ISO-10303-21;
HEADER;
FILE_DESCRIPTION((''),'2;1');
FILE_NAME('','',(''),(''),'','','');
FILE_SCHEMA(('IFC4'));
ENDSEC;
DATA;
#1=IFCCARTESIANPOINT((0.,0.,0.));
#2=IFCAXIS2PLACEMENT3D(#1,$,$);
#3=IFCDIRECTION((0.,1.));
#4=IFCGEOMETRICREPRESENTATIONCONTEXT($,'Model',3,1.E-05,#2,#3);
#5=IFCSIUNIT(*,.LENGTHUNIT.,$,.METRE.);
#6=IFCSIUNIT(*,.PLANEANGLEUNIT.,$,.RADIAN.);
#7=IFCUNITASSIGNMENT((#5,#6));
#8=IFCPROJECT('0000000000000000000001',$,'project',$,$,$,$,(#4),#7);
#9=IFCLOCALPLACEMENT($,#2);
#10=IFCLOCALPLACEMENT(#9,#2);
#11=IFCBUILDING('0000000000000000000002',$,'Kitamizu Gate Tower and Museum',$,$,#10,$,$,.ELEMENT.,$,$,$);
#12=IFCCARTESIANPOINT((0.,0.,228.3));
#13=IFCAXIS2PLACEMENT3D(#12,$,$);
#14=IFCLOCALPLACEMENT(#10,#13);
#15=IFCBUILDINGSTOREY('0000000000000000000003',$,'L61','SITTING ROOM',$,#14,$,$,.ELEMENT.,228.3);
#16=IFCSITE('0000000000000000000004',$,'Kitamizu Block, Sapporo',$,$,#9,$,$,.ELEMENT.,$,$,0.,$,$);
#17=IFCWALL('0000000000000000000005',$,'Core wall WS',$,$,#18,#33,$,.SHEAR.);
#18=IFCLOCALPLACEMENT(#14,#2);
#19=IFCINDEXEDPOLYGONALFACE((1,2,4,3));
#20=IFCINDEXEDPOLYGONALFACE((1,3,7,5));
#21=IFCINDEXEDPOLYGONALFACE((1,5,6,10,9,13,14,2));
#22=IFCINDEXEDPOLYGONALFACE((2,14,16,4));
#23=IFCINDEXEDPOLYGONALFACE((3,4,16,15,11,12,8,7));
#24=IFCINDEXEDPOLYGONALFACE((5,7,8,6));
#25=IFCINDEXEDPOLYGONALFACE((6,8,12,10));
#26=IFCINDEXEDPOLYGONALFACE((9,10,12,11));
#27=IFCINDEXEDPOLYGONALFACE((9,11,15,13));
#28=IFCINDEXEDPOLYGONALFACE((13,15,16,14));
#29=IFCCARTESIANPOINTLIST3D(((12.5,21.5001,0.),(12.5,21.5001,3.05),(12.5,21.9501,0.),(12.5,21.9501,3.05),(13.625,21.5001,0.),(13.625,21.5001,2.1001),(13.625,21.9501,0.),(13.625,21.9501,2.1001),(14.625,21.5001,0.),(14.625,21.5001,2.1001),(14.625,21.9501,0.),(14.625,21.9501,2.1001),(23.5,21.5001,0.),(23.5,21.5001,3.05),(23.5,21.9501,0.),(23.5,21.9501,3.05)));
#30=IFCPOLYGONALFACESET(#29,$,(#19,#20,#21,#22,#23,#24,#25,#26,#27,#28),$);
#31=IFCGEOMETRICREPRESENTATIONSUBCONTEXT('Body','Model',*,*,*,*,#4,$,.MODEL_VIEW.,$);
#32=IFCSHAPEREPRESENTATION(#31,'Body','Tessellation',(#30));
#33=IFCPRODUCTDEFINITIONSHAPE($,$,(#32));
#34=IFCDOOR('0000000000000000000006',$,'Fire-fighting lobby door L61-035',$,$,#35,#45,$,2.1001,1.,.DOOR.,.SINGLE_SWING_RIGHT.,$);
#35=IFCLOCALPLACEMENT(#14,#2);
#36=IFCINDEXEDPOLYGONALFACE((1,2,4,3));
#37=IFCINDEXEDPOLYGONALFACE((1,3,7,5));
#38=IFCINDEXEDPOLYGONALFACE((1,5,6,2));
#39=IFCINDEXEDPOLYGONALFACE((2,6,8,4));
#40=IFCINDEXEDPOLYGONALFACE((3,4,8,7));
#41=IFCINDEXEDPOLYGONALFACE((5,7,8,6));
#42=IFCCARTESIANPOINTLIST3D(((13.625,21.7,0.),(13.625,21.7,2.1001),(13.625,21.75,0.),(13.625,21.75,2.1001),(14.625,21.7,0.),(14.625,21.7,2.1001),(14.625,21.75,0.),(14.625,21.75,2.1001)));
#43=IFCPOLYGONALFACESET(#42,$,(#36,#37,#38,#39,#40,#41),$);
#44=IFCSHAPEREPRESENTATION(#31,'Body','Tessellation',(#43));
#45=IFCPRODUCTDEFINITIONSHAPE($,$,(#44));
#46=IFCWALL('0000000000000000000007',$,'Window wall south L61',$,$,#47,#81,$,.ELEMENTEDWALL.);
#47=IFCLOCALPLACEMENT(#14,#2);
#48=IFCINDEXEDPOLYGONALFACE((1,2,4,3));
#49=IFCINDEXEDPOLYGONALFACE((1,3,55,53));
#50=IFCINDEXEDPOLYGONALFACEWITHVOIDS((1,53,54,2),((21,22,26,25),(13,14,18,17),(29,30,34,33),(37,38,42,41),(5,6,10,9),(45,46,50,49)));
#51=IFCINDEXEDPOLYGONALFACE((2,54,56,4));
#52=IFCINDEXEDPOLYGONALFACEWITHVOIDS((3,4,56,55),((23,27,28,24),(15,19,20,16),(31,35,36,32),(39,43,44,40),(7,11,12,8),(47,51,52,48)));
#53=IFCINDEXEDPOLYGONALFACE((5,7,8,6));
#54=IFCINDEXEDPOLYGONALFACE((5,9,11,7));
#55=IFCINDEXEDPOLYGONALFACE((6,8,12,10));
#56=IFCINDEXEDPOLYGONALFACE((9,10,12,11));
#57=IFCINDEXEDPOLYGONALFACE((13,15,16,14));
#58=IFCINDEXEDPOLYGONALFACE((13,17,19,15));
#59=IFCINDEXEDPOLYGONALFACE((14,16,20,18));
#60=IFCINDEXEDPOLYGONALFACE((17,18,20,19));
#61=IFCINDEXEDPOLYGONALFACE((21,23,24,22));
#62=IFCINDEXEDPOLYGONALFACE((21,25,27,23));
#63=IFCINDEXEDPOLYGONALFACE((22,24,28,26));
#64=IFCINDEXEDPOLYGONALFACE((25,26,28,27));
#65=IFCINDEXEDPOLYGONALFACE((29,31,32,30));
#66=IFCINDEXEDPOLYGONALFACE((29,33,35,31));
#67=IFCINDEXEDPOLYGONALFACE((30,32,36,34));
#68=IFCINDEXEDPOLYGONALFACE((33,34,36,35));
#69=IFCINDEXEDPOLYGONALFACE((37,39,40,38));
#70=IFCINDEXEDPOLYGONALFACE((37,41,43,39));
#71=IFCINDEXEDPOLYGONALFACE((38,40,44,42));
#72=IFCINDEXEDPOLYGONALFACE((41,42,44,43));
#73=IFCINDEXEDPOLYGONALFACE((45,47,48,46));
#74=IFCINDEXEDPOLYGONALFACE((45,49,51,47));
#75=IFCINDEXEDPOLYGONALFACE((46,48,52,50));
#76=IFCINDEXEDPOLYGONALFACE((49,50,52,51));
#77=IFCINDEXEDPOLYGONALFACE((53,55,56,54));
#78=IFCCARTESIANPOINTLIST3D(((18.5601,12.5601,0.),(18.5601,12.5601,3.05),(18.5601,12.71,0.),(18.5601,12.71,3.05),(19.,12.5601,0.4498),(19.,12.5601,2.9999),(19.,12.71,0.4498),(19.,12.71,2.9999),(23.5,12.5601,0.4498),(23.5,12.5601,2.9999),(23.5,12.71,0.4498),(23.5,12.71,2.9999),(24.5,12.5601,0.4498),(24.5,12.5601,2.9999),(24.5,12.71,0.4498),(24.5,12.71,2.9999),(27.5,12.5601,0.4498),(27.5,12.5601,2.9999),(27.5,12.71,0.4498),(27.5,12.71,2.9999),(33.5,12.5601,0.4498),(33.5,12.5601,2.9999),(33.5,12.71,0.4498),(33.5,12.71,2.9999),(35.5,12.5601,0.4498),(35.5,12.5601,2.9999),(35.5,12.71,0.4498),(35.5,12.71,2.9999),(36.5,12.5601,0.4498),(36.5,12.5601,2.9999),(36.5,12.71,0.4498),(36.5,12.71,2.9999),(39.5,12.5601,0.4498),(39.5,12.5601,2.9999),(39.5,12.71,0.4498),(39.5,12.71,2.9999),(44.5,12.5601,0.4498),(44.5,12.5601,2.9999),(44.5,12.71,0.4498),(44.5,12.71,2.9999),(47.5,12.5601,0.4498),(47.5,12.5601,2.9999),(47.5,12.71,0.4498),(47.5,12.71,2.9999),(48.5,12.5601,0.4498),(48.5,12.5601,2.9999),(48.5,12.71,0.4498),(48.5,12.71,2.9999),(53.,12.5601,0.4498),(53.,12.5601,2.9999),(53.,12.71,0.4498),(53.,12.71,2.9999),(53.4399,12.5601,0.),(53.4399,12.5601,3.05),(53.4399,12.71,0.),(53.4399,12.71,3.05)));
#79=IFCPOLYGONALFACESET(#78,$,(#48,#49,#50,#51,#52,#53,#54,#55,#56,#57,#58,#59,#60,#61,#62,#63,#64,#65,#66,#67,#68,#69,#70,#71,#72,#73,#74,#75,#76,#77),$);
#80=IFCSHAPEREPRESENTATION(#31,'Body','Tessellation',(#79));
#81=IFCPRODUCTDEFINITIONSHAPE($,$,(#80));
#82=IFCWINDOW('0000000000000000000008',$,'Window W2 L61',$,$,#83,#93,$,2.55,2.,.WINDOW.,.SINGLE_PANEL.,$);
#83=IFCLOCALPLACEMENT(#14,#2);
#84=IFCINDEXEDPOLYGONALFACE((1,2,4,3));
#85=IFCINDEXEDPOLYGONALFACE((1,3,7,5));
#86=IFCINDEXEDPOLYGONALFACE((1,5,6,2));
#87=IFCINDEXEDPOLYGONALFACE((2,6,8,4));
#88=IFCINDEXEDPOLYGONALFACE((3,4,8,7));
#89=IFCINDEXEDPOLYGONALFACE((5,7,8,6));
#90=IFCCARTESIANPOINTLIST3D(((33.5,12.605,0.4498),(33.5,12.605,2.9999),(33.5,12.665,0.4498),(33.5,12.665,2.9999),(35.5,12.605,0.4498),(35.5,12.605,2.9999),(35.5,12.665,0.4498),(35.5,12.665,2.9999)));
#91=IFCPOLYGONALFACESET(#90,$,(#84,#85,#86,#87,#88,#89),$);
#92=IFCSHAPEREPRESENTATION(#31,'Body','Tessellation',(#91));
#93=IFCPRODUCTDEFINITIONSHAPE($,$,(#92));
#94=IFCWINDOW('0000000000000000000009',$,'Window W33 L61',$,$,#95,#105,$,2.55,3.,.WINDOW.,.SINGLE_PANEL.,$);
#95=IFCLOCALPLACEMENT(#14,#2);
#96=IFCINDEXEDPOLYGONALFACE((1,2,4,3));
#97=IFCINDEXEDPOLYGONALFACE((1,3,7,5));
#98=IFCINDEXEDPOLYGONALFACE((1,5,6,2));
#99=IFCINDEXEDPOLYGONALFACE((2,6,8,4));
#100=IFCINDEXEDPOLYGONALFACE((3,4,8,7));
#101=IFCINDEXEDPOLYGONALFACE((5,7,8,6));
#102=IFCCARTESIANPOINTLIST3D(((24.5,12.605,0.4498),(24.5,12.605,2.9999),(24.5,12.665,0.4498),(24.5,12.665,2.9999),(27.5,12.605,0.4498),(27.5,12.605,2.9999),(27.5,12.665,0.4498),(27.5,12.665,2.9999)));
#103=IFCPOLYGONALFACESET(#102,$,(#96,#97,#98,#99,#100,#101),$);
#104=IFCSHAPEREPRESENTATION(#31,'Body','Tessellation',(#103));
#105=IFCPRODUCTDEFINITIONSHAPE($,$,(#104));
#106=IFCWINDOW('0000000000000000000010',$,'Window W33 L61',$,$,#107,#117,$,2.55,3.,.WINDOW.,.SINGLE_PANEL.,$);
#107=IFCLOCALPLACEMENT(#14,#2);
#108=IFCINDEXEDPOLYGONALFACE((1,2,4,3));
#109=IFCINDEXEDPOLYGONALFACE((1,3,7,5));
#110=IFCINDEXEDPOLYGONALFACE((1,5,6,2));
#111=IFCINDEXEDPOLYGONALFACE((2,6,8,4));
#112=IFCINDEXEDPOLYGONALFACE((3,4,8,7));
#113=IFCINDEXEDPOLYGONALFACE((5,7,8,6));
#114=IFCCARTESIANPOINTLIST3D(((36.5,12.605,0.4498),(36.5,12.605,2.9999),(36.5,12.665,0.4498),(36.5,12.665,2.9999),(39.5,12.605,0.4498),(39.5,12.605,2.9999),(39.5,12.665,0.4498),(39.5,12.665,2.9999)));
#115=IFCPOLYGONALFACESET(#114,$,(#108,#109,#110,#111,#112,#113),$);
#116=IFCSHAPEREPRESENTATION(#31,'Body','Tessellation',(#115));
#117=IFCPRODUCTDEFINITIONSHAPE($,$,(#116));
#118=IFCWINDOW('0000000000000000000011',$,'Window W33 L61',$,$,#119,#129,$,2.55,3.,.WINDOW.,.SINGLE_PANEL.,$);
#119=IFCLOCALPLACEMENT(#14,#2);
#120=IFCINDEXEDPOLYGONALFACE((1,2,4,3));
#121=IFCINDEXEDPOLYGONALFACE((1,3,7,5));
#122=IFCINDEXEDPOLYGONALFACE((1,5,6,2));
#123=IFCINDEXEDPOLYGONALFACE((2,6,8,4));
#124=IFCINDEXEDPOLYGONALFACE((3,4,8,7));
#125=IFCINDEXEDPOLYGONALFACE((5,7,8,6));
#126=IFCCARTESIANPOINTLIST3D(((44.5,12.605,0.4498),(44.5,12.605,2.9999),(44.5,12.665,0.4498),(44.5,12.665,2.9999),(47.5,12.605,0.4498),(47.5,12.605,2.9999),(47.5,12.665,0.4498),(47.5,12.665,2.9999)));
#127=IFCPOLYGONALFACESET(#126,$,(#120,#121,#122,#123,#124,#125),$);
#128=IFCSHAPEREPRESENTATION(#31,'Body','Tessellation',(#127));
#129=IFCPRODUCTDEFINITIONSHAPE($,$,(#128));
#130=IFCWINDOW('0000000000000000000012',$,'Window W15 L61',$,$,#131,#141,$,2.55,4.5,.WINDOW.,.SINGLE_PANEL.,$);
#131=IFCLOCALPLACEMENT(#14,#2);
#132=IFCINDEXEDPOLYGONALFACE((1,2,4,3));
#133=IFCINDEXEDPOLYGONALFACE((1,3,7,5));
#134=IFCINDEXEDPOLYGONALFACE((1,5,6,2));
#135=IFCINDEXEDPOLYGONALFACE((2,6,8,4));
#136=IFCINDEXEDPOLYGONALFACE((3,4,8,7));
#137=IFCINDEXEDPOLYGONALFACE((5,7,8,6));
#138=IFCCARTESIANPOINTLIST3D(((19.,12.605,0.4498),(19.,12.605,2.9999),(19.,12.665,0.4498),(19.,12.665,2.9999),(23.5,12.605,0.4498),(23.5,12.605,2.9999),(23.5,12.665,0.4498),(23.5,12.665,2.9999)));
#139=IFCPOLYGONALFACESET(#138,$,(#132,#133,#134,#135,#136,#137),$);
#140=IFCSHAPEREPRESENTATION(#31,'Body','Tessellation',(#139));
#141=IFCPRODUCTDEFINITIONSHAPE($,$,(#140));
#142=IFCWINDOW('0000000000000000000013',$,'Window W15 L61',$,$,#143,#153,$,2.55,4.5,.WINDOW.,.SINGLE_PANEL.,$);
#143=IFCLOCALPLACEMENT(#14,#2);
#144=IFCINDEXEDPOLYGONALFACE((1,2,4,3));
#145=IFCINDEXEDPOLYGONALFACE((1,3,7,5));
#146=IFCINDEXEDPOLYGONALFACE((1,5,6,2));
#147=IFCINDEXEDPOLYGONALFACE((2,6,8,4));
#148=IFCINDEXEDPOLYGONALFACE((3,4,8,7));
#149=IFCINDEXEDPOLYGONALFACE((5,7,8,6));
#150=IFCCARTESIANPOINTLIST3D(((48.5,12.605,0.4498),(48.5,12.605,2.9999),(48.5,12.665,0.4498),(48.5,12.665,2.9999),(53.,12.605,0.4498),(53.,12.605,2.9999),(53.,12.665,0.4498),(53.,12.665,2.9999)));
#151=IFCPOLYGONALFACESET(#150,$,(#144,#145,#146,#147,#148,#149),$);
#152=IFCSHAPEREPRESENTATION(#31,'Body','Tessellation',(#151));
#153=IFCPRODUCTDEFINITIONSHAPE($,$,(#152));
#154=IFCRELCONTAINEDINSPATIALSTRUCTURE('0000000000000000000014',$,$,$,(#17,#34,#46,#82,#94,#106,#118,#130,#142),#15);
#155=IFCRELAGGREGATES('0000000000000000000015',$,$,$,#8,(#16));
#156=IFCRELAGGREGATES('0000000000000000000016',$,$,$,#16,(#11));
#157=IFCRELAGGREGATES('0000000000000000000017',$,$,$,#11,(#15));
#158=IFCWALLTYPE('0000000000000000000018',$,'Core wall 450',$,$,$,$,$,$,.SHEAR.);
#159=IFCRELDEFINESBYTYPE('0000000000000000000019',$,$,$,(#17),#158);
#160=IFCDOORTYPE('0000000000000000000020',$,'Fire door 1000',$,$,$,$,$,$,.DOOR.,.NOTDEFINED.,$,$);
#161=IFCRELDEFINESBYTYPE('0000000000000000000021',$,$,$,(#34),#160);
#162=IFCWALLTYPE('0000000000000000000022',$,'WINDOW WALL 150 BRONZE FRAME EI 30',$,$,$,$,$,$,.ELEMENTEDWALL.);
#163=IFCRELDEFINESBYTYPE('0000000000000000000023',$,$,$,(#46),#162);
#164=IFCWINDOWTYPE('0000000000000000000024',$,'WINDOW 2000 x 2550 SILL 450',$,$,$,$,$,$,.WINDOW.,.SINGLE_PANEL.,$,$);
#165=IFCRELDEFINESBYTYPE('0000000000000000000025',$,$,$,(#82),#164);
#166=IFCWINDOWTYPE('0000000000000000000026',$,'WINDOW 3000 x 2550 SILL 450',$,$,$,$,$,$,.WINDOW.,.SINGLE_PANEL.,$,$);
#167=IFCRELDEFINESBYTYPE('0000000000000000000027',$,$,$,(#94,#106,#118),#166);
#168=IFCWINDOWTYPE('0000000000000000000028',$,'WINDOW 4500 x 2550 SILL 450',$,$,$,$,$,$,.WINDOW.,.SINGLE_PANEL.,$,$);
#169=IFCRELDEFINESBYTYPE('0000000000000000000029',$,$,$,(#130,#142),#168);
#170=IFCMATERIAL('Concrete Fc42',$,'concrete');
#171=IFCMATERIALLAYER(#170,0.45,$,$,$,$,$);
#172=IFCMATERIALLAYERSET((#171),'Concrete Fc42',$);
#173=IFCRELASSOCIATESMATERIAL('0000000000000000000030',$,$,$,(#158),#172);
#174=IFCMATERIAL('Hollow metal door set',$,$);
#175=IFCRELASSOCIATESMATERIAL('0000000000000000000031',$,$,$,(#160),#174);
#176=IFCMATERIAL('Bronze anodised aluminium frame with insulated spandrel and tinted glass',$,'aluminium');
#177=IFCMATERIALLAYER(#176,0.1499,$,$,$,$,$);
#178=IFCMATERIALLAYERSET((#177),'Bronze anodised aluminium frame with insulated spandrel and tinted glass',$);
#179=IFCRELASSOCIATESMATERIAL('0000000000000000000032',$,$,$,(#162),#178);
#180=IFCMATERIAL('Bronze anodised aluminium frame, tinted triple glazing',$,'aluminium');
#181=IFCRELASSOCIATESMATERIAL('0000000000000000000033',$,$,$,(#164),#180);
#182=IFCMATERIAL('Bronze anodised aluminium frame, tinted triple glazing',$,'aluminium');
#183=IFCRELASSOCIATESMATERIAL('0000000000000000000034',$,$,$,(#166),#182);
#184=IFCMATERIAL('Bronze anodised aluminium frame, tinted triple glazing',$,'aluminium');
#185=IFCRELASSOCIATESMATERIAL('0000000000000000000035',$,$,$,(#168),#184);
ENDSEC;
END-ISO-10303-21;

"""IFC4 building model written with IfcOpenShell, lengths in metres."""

from ifc_helpers import new_model, si_unit, direction, frame, frame_2d, origin, place, context, subcontext, project, spatial, rectangle, extrude, material, layer, layer_set, type_object, element, fill, save


model = new_model("IFC4")

# Units and contexts
model_context = context("Model", 3, precision=1e-05, world=origin(), true_north=direction((0.0, 1.0)))
body_context = subcontext(model_context, "Body", "Model", "MODEL_VIEW")
ifc_project = project(units=[si_unit("LENGTHUNIT", "METRE"), si_unit("PLANEANGLEUNIT", "RADIAN")], contexts=[model_context])

# Site, building, storey
site_placement = place(None, origin())
site = spatial("IfcSite", under=ifc_project, at=site_placement, Name="Kitamizu Block, Sapporo", CompositionType="ELEMENT", RefElevation=0.0)
building_placement = place(site_placement, origin())
building = spatial("IfcBuilding", under=site, at=building_placement, Name="Kitamizu Gate Tower and Museum", CompositionType="ELEMENT")
storey_placement = place(building_placement, frame((0.0, 0.0, 228.3)))
storey = spatial("IfcBuildingStorey", under=building, at=storey_placement, Name="L61", Description="SITTING ROOM", CompositionType="ELEMENT", Elevation=228.3)

# Wall, opening, door
ifc_material_1 = material(Name="Concrete Fc42", Category="concrete")
ifc_layer_1 = layer(ifc_material_1, 0.45)
ifc_layer_set_1 = layer_set([ifc_layer_1], Name="Concrete Fc42")
wall_type_1 = type_object("IfcWallType", Name="Core wall 450", PredefinedType="SHEAR", material=ifc_layer_set_1)
wall_1_placement = place(storey_placement, frame((12.5, 21.7251, 0.0), z_axis=(0.0, 0.0, 1.0), x_axis=(1.0, 0.0, 0.0)))
wall_1 = element("IfcWall", 1, at=wall_1_placement, inside=storey, type_object=wall_type_1, Name="Core wall WS", PredefinedType="SHEAR", context=body_context, shape_type="SweptSolid", body=[
    extrude(rectangle(XDim=11.0, YDim=0.45, at=frame_2d((5.5, 0.0))), origin(), (0.0, 0.0, 1.0), 3.05),
])
opening_1_placement = place(wall_1_placement, frame((1.125, 0.0, 0.0)))
opening_1 = element("IfcOpeningElement", 2, at=opening_1_placement, cuts=wall_1, PredefinedType="OPENING", context=body_context, shape_type="SweptSolid", body=[
    extrude(rectangle(XDim=1.0, YDim=2.1001, at=frame_2d((0.5, 1.05))), frame((0.0, 0.2349, 0.0), z_axis=(0.0, -1.0, 0.0), x_axis=(1.0, 0.0, 0.0)), (0.0, 0.0, 1.0), 0.47),
])
ifc_material_2 = material(Name="Hollow metal door set")
door_type = type_object("IfcDoorType", Name="Fire door 1000", OperationType="NOTDEFINED", PredefinedType="DOOR", material=ifc_material_2)
door_placement = place(opening_1_placement, origin())
door = element("IfcDoor", 3, at=door_placement, inside=storey, type_object=door_type, Name="Fire-fighting lobby door L61-035", OperationType="SINGLE_SWING_RIGHT", OverallHeight=2.1001, OverallWidth=1.0, PredefinedType="DOOR", context=body_context, shape_type="SweptSolid", body=[
    extrude(rectangle(XDim=1.0, YDim=2.1001, at=frame_2d((0.5, 1.05))), frame((0.0, 0.0249, 0.0), z_axis=(0.0, -1.0, 0.0), x_axis=(1.0, 0.0, 0.0)), (0.0, 0.0, 1.0), 0.05),
])
fill(opening_1, door)

# Wall, openings, windows
ifc_material_3 = material(Name="Bronze anodised aluminium frame with insulated spandrel and tinted glass", Category="aluminium")
ifc_layer_2 = layer(ifc_material_3, 0.1499)
ifc_layer_set_2 = layer_set([ifc_layer_2], Name="Bronze anodised aluminium frame with insulated spandrel and tinted glass")
wall_type_2 = type_object("IfcWallType", Name="WINDOW WALL 150 BRONZE FRAME EI 30", PredefinedType="ELEMENTEDWALL", material=ifc_layer_set_2)
wall_2_placement = place(storey_placement, frame((18.5601, 12.635, 0.0), z_axis=(0.0, 0.0, 1.0), x_axis=(1.0, 0.0, 0.0)))
wall_2 = element("IfcWall", 4, at=wall_2_placement, inside=storey, type_object=wall_type_2, Name="Window wall south L61", PredefinedType="ELEMENTEDWALL", context=body_context, shape_type="SweptSolid", body=[
    extrude(rectangle(XDim=34.8799, YDim=0.1499, at=frame_2d((17.4399, 0.0))), origin(), (0.0, 0.0, 1.0), 3.05),
])
opening_2_placement = place(wall_2_placement, frame((0.4399, 0.0, 0.45)))
opening_2 = element("IfcOpeningElement", 5, at=opening_2_placement, cuts=wall_2, PredefinedType="OPENING", context=body_context, shape_type="SweptSolid", body=[
    extrude(rectangle(XDim=4.5, YDim=2.55, at=frame_2d((2.25, 1.2749))), frame((0.0, 0.085, 0.0), z_axis=(0.0, -1.0, 0.0), x_axis=(1.0, 0.0, 0.0)), (0.0, 0.0, 1.0), 0.1699),
])
opening_3_placement = place(wall_2_placement, frame((5.9399, 0.0, 0.45)))
opening_3 = element("IfcOpeningElement", 6, at=opening_3_placement, cuts=wall_2, PredefinedType="OPENING", context=body_context, shape_type="SweptSolid", body=[
    extrude(rectangle(XDim=3.0, YDim=2.55, at=frame_2d((1.5, 1.2749))), frame((0.0, 0.085, 0.0), z_axis=(0.0, -1.0, 0.0), x_axis=(1.0, 0.0, 0.0)), (0.0, 0.0, 1.0), 0.1699),
])
opening_4_placement = place(wall_2_placement, frame((14.9399, 0.0, 0.45)))
opening_4 = element("IfcOpeningElement", 7, at=opening_4_placement, cuts=wall_2, PredefinedType="OPENING", context=body_context, shape_type="SweptSolid", body=[
    extrude(rectangle(XDim=2.0, YDim=2.55, at=frame_2d((1.0, 1.2749))), frame((0.0, 0.085, 0.0), z_axis=(0.0, -1.0, 0.0), x_axis=(1.0, 0.0, 0.0)), (0.0, 0.0, 1.0), 0.1699),
])
opening_5_placement = place(wall_2_placement, frame((17.9399, 0.0, 0.45)))
opening_5 = element("IfcOpeningElement", 8, at=opening_5_placement, cuts=wall_2, PredefinedType="OPENING", context=body_context, shape_type="SweptSolid", body=[
    extrude(rectangle(XDim=3.0, YDim=2.55, at=frame_2d((1.5, 1.2749))), frame((0.0, 0.085, 0.0), z_axis=(0.0, -1.0, 0.0), x_axis=(1.0, 0.0, 0.0)), (0.0, 0.0, 1.0), 0.1699),
])
opening_6_placement = place(wall_2_placement, frame((25.9399, 0.0, 0.45)))
opening_6 = element("IfcOpeningElement", 9, at=opening_6_placement, cuts=wall_2, PredefinedType="OPENING", context=body_context, shape_type="SweptSolid", body=[
    extrude(rectangle(XDim=3.0, YDim=2.55, at=frame_2d((1.5, 1.2749))), frame((0.0, 0.085, 0.0), z_axis=(0.0, -1.0, 0.0), x_axis=(1.0, 0.0, 0.0)), (0.0, 0.0, 1.0), 0.1699),
])
opening_7_placement = place(wall_2_placement, frame((29.9399, 0.0, 0.45)))
opening_7 = element("IfcOpeningElement", 10, at=opening_7_placement, cuts=wall_2, PredefinedType="OPENING", context=body_context, shape_type="SweptSolid", body=[
    extrude(rectangle(XDim=4.5, YDim=2.55, at=frame_2d((2.25, 1.2749))), frame((0.0, 0.085, 0.0), z_axis=(0.0, -1.0, 0.0), x_axis=(1.0, 0.0, 0.0)), (0.0, 0.0, 1.0), 0.1699),
])
ifc_material_4 = material(Name="Bronze anodised aluminium frame, tinted triple glazing", Category="aluminium")
window_type_1 = type_object("IfcWindowType", Name="WINDOW 2000 x 2550 SILL 450", PartitioningType="SINGLE_PANEL", PredefinedType="WINDOW", material=ifc_material_4)
window_1_placement = place(opening_4_placement, origin())
window_1 = element("IfcWindow", 11, at=window_1_placement, inside=storey, type_object=window_type_1, Name="Window W2 L61", OverallHeight=2.55, OverallWidth=2.0, PartitioningType="SINGLE_PANEL", PredefinedType="WINDOW", context=body_context, shape_type="SweptSolid", body=[
    extrude(rectangle(XDim=2.0, YDim=2.55, at=frame_2d((1.0, 1.2749))), frame((0.0, 0.03, 0.0), z_axis=(0.0, -1.0, 0.0), x_axis=(1.0, 0.0, 0.0)), (0.0, 0.0, 1.0), 0.0601),
])
fill(opening_4, window_1)
ifc_material_5 = material(Name="Bronze anodised aluminium frame, tinted triple glazing", Category="aluminium")
window_type_2 = type_object("IfcWindowType", Name="WINDOW 3000 x 2550 SILL 450", PartitioningType="SINGLE_PANEL", PredefinedType="WINDOW", material=ifc_material_5)
window_2_placement = place(opening_3_placement, origin())
window_2 = element("IfcWindow", 12, at=window_2_placement, inside=storey, type_object=window_type_2, Name="Window W33 L61", OverallHeight=2.55, OverallWidth=3.0, PartitioningType="SINGLE_PANEL", PredefinedType="WINDOW", context=body_context, shape_type="SweptSolid", body=[
    extrude(rectangle(XDim=3.0, YDim=2.55, at=frame_2d((1.5, 1.2749))), frame((0.0, 0.03, 0.0), z_axis=(0.0, -1.0, 0.0), x_axis=(1.0, 0.0, 0.0)), (0.0, 0.0, 1.0), 0.0601),
])
fill(opening_3, window_2)
window_3_placement = place(opening_5_placement, origin())
window_3 = element("IfcWindow", 13, at=window_3_placement, inside=storey, type_object=window_type_2, Name="Window W33 L61", OverallHeight=2.55, OverallWidth=3.0, PartitioningType="SINGLE_PANEL", PredefinedType="WINDOW", context=body_context, shape_type="SweptSolid", body=[
    extrude(rectangle(XDim=3.0, YDim=2.55, at=frame_2d((1.5, 1.2749))), frame((0.0, 0.03, 0.0), z_axis=(0.0, -1.0, 0.0), x_axis=(1.0, 0.0, 0.0)), (0.0, 0.0, 1.0), 0.0601),
])
fill(opening_5, window_3)
window_4_placement = place(opening_6_placement, origin())
window_4 = element("IfcWindow", 14, at=window_4_placement, inside=storey, type_object=window_type_2, Name="Window W33 L61", OverallHeight=2.55, OverallWidth=3.0, PartitioningType="SINGLE_PANEL", PredefinedType="WINDOW", context=body_context, shape_type="SweptSolid", body=[
    extrude(rectangle(XDim=3.0, YDim=2.55, at=frame_2d((1.5, 1.2749))), frame((0.0, 0.03, 0.0), z_axis=(0.0, -1.0, 0.0), x_axis=(1.0, 0.0, 0.0)), (0.0, 0.0, 1.0), 0.0601),
])
fill(opening_6, window_4)
ifc_material_6 = material(Name="Bronze anodised aluminium frame, tinted triple glazing", Category="aluminium")
window_type_3 = type_object("IfcWindowType", Name="WINDOW 4500 x 2550 SILL 450", PartitioningType="SINGLE_PANEL", PredefinedType="WINDOW", material=ifc_material_6)
window_5_placement = place(opening_2_placement, origin())
window_5 = element("IfcWindow", 15, at=window_5_placement, inside=storey, type_object=window_type_3, Name="Window W15 L61", OverallHeight=2.55, OverallWidth=4.5, PartitioningType="SINGLE_PANEL", PredefinedType="WINDOW", context=body_context, shape_type="SweptSolid", body=[
    extrude(rectangle(XDim=4.5, YDim=2.55, at=frame_2d((2.25, 1.2749))), frame((0.0, 0.03, 0.0), z_axis=(0.0, -1.0, 0.0), x_axis=(1.0, 0.0, 0.0)), (0.0, 0.0, 1.0), 0.0601),
])
fill(opening_2, window_5)
window_6_placement = place(opening_7_placement, origin())
window_6 = element("IfcWindow", 16, at=window_6_placement, inside=storey, type_object=window_type_3, Name="Window W15 L61", OverallHeight=2.55, OverallWidth=4.5, PartitioningType="SINGLE_PANEL", PredefinedType="WINDOW", context=body_context, shape_type="SweptSolid", body=[
    extrude(rectangle(XDim=4.5, YDim=2.55, at=frame_2d((2.25, 1.2749))), frame((0.0, 0.03, 0.0), z_axis=(0.0, -1.0, 0.0), x_axis=(1.0, 0.0, 0.0)), (0.0, 0.0, 1.0), 0.0601),
])
fill(opening_7, window_6)

save(model, "model.ifc")
